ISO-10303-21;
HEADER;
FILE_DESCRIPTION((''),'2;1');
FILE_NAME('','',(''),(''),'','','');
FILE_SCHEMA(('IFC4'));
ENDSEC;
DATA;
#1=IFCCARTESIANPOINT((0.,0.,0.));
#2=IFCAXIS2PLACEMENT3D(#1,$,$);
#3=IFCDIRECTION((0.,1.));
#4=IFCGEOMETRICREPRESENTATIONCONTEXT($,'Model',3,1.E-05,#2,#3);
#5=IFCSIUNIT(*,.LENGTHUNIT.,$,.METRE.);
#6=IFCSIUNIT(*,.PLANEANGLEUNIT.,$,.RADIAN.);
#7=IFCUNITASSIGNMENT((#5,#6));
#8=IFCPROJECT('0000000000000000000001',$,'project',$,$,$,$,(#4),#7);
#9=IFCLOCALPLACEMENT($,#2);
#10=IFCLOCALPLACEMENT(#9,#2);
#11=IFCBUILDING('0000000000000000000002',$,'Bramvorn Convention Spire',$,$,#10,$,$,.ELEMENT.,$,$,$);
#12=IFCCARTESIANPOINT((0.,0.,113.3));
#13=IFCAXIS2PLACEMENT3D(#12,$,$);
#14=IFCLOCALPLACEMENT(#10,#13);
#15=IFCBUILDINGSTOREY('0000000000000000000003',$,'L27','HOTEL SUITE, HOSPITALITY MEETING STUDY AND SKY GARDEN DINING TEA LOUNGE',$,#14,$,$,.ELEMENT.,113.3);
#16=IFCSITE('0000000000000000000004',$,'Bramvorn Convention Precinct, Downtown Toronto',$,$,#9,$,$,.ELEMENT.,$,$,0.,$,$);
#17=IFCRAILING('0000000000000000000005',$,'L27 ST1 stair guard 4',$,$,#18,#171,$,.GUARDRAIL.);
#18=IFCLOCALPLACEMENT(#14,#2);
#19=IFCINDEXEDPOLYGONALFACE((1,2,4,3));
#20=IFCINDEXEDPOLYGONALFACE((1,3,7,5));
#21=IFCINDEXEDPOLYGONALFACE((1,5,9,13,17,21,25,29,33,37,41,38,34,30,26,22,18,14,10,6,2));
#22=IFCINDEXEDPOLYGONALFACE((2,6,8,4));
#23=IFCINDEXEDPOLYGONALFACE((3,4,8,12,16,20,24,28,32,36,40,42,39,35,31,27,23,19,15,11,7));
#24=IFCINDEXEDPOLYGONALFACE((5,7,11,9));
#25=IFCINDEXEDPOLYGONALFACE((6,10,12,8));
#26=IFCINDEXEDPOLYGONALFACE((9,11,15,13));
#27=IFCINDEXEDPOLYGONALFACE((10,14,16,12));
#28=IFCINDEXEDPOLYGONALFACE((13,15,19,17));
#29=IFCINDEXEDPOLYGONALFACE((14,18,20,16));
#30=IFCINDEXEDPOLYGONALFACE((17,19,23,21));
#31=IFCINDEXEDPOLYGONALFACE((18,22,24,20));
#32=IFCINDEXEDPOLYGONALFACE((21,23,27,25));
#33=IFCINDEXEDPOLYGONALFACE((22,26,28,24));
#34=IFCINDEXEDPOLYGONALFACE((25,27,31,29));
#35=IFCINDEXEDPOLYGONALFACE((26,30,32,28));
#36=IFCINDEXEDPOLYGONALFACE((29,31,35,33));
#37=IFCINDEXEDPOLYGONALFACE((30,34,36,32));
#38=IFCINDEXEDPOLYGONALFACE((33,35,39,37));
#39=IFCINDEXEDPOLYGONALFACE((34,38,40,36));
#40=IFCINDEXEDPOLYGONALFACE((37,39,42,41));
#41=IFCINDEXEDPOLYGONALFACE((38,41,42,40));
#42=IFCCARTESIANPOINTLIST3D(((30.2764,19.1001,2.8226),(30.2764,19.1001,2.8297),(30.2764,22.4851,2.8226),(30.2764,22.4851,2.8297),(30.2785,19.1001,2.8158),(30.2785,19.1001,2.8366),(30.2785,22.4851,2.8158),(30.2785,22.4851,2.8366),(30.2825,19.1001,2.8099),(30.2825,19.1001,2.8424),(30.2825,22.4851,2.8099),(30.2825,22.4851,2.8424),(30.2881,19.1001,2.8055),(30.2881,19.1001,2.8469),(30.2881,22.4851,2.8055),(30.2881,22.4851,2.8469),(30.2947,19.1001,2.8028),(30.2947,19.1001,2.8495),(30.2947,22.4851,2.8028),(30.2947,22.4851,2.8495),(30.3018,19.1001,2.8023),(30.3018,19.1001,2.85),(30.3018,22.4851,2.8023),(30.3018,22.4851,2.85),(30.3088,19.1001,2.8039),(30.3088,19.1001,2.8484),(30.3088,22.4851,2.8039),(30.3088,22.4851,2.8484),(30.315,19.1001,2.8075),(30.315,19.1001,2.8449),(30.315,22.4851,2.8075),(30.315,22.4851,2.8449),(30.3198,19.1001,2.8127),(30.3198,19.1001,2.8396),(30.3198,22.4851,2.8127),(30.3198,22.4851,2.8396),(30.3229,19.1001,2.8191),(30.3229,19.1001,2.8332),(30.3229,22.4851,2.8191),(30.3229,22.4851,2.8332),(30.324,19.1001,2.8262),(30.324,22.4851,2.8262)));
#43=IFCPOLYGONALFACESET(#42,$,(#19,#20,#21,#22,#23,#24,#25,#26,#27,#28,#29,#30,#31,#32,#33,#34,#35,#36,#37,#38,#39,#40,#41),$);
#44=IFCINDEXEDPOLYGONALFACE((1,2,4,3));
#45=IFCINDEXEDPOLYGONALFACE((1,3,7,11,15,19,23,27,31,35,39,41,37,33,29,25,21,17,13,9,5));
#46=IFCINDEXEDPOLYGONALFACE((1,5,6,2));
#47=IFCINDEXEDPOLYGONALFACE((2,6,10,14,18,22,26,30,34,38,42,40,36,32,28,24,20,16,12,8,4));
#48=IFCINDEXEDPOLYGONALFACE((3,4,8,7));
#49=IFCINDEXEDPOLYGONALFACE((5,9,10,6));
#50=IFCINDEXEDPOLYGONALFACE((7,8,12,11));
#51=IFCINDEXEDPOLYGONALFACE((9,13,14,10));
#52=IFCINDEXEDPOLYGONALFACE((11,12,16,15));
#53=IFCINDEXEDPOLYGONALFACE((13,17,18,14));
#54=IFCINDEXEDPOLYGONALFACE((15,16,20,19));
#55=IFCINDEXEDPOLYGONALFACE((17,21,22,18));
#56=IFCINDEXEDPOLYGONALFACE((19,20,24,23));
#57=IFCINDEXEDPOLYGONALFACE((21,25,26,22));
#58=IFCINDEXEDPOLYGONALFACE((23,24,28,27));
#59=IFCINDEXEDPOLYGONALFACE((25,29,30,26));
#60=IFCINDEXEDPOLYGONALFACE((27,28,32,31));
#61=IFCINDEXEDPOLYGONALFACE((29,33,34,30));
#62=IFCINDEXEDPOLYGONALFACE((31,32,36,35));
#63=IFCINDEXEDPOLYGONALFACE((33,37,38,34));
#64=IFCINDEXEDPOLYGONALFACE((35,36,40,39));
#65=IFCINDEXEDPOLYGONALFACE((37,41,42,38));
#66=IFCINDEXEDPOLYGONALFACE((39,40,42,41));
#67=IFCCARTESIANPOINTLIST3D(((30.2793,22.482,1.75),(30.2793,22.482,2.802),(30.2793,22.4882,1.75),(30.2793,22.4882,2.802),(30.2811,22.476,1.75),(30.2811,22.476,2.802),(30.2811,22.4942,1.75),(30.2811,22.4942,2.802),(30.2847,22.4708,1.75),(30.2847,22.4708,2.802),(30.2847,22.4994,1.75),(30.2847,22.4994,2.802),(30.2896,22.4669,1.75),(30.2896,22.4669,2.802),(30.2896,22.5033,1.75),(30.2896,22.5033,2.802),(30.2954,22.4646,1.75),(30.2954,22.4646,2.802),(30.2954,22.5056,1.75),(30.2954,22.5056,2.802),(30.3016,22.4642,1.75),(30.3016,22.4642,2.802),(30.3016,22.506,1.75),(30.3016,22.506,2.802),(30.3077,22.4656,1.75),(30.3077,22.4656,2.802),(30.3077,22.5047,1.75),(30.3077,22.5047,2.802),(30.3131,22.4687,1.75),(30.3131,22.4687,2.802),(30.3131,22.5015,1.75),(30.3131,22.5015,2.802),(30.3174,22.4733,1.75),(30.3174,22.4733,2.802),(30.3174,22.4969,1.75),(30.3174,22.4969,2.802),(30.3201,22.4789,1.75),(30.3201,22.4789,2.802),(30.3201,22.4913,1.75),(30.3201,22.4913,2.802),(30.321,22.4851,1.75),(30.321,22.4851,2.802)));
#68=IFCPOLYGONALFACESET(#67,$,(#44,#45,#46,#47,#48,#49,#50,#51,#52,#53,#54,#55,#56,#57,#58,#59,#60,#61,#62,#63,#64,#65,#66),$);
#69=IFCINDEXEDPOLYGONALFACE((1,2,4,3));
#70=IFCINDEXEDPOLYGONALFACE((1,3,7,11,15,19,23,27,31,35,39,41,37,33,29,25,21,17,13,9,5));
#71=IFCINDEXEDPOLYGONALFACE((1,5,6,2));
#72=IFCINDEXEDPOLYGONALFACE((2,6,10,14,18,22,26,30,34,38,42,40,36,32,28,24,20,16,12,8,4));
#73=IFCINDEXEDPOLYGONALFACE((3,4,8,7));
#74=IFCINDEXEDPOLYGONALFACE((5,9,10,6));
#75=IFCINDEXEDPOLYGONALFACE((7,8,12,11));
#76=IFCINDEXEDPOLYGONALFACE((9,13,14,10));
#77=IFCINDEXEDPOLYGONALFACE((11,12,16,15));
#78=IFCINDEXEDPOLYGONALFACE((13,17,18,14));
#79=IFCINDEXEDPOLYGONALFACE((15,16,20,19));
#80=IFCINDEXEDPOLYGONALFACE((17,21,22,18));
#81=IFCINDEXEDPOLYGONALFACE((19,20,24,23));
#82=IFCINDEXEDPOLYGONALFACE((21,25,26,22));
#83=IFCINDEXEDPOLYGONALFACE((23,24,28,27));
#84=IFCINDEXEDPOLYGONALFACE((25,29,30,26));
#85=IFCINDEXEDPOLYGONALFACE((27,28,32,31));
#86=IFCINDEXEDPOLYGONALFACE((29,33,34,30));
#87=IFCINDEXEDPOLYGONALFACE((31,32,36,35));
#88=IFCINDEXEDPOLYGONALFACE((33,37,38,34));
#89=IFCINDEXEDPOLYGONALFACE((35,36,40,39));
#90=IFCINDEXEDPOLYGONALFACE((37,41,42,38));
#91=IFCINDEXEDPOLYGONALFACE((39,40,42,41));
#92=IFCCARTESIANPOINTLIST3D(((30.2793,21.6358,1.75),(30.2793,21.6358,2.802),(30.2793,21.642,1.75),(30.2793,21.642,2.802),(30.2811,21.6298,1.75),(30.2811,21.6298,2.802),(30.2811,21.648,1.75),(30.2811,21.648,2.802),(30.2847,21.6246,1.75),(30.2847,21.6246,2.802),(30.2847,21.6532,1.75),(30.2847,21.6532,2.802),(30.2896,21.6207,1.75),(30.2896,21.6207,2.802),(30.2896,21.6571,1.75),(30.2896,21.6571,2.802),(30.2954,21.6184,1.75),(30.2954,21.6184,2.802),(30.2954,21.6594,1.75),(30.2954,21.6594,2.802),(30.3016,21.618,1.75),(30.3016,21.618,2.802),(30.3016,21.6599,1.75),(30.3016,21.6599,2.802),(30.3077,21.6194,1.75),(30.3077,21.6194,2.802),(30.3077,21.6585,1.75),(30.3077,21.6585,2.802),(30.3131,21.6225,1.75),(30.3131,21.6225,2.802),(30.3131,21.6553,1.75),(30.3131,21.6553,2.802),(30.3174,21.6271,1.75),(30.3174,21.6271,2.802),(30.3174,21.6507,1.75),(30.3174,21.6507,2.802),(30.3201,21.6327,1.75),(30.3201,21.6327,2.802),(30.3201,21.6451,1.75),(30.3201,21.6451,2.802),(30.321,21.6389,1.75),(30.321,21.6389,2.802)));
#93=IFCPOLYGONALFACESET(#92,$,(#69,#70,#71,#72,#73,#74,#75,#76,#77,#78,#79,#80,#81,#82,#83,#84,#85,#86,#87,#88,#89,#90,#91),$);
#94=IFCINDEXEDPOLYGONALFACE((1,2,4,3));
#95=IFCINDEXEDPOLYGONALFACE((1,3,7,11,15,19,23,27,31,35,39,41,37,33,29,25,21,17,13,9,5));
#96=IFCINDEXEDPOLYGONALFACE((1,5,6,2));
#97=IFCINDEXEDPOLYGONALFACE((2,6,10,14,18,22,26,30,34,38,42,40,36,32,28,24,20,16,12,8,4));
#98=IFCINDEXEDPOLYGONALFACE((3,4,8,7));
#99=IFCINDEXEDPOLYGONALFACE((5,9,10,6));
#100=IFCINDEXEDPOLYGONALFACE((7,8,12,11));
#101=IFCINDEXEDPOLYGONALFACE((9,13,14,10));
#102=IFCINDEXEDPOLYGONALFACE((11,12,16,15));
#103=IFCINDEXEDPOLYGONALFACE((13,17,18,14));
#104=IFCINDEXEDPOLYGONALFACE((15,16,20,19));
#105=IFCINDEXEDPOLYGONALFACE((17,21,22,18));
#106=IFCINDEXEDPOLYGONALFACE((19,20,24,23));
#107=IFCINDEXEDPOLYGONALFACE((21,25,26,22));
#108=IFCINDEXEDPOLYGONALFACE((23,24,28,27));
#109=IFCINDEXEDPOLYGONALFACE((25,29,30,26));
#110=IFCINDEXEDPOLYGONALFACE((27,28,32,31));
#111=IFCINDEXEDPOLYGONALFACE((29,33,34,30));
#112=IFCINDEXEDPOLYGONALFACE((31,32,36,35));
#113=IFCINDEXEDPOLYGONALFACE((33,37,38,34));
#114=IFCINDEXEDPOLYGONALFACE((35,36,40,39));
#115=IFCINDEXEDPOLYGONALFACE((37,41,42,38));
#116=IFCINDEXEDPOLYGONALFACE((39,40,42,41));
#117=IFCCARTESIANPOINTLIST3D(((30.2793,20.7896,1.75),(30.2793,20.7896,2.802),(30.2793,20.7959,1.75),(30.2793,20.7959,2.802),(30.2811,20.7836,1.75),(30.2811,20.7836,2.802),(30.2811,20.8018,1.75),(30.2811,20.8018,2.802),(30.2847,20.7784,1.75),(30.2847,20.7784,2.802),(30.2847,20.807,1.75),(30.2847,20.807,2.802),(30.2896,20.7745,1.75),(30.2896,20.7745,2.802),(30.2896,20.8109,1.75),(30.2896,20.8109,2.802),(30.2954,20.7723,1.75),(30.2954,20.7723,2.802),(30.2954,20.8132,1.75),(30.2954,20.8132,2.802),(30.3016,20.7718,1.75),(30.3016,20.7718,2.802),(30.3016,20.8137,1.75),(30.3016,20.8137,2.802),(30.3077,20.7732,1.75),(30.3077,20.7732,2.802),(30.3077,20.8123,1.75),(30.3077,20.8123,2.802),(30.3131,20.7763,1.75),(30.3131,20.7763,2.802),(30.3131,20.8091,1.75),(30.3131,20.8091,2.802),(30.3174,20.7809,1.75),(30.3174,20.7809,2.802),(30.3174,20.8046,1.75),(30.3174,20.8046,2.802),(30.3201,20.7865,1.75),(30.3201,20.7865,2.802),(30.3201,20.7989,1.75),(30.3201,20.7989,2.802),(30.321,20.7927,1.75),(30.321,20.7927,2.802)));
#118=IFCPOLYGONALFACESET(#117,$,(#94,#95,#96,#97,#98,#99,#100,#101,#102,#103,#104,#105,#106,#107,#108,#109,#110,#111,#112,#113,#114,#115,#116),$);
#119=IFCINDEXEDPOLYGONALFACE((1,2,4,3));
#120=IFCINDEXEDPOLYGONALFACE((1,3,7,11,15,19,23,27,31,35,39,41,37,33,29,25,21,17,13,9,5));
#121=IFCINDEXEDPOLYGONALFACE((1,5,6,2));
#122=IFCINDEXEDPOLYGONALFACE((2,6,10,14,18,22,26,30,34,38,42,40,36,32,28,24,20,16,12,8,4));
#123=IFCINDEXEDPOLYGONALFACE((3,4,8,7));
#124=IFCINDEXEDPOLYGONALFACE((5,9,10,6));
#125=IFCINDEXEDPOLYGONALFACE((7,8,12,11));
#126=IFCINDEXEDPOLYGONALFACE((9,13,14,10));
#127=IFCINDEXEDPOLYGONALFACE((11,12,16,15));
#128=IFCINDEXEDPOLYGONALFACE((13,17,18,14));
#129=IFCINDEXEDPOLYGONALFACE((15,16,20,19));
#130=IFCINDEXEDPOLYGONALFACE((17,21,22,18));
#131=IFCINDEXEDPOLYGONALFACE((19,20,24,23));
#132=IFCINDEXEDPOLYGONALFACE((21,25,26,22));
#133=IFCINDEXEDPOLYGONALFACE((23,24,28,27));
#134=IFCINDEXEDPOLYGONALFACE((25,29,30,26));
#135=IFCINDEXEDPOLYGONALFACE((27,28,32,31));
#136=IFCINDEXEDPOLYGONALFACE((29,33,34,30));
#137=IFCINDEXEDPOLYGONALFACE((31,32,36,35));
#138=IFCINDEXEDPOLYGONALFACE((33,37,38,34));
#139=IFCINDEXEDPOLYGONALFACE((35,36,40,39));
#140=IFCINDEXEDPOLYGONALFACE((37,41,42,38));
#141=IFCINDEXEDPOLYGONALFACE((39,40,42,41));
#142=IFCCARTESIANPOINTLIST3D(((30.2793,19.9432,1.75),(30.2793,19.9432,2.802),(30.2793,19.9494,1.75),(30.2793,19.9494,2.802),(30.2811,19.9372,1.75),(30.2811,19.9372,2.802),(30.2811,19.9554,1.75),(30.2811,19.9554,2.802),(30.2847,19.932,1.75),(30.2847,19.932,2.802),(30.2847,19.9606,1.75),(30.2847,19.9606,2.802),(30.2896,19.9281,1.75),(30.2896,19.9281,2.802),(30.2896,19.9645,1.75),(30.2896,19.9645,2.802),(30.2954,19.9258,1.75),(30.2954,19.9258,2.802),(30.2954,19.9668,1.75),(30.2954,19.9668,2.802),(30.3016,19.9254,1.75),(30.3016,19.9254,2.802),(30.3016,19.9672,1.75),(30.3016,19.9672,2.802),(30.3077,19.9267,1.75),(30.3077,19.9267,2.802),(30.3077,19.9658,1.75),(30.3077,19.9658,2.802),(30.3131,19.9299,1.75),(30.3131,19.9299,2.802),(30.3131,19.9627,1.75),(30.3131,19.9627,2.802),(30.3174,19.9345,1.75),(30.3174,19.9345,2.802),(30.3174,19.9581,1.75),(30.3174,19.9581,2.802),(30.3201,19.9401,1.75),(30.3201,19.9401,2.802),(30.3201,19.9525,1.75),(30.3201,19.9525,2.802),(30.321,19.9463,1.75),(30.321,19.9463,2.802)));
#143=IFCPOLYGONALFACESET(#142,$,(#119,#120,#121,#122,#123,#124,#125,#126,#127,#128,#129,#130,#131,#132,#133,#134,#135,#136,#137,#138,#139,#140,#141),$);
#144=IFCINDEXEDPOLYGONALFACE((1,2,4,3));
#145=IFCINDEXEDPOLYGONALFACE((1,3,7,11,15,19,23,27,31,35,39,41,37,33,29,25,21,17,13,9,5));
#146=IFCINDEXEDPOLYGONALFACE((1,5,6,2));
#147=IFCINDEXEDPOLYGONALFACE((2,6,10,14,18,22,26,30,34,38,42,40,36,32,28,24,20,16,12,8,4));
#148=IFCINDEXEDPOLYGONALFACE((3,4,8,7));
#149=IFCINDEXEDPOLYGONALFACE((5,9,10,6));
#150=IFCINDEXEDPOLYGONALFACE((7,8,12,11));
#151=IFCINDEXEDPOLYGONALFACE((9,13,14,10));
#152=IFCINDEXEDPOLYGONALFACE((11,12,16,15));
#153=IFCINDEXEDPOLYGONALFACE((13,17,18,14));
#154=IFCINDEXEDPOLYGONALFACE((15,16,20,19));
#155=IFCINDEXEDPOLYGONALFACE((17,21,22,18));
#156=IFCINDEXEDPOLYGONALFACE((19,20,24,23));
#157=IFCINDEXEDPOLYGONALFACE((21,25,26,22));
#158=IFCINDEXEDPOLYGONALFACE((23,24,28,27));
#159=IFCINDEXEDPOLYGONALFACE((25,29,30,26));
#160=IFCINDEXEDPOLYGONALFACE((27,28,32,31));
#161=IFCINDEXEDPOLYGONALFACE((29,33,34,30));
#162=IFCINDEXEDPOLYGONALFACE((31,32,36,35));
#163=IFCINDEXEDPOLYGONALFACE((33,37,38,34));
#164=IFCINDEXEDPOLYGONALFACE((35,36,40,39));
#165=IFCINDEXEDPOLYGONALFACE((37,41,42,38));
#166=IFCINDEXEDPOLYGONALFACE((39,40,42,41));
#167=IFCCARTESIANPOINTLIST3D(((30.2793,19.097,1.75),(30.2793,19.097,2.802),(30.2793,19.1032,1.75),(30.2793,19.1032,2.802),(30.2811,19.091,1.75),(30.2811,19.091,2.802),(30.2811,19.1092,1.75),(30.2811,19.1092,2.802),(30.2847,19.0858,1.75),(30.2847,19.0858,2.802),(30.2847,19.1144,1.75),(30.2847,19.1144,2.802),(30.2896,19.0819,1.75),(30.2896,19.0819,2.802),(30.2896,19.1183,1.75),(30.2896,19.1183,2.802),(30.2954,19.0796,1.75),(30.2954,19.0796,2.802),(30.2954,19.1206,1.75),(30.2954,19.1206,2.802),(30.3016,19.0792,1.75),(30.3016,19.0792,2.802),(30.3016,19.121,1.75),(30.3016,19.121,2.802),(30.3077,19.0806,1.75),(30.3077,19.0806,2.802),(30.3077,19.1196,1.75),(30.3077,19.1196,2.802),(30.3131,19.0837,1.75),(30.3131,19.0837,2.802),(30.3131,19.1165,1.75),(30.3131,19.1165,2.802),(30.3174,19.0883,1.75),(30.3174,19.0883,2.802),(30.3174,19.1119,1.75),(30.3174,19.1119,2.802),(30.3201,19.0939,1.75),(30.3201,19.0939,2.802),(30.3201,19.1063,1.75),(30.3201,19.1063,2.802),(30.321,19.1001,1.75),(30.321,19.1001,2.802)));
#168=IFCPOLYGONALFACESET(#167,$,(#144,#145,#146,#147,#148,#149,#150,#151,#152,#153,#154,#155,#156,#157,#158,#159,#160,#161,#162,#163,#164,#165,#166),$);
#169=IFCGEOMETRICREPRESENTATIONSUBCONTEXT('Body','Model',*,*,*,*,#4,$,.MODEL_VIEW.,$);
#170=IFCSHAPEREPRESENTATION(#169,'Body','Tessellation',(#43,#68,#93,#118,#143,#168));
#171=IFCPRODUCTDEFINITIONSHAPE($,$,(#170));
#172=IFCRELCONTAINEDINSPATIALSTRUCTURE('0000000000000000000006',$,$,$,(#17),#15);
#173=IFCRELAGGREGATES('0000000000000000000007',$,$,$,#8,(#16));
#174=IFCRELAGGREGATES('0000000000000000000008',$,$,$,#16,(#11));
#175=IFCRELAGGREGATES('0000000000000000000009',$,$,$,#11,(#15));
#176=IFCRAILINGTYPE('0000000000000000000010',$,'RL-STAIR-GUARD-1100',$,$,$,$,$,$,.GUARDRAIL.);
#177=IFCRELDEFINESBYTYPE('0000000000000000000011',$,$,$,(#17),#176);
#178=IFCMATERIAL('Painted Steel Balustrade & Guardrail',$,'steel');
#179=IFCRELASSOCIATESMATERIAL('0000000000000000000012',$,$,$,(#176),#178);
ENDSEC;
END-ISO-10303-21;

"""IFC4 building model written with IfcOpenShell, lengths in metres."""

from ifc_helpers import new_model, si_unit, direction, frame, origin, origin_2d, place, context, subcontext, project, spatial, circle, extrude, material, type_object, element, save


model = new_model("IFC4")

# Units and contexts
model_context = context("Model", 3, precision=1e-05, world=origin(), true_north=direction((0.0, 1.0)))
body_context = subcontext(model_context, "Body", "Model", "MODEL_VIEW")
ifc_project = project(units=[si_unit("LENGTHUNIT", "METRE"), si_unit("PLANEANGLEUNIT", "RADIAN")], contexts=[model_context])

# Site, building, storey
site_placement = place(None, origin())
site = spatial("IfcSite", under=ifc_project, at=site_placement, Name="Bramvorn Convention Precinct, Downtown Toronto", CompositionType="ELEMENT", RefElevation=0.0)
building_placement = place(site_placement, origin())
building = spatial("IfcBuilding", under=site, at=building_placement, Name="Bramvorn Convention Spire", CompositionType="ELEMENT")
storey_placement = place(building_placement, frame((0.0, 0.0, 113.3)))
storey = spatial("IfcBuildingStorey", under=building, at=storey_placement, Name="L27", Description="HOTEL SUITE, HOSPITALITY MEETING STUDY AND SKY GARDEN DINING TEA LOUNGE", CompositionType="ELEMENT", Elevation=113.3)

# Railing
ifc_material_1 = material(Name="Painted Steel Balustrade & Guardrail", Category="steel")
railing_type_1 = type_object("IfcRailingType", Name="RL-STAIR-GUARD-1100", PredefinedType="GUARDRAIL", material=ifc_material_1)
for number, where, name in (
    (1, (30.3, 22.4851, 1.75), "L27 ST1 stair guard 4"),
):
    element("IfcRailing", number, at=place(storey_placement, frame(where)), inside=storey, type_object=railing_type_1, Name=name, PredefinedType="GUARDRAIL", context=body_context, shape_type="SweptSolid", body=[
        extrude(circle(Radius=0.0239, at=origin_2d()), frame((0.0, 0.0, 1.0762), z_axis=(0.0, -1.0, 0.0), x_axis=(1.0, 0.0, 0.0)), (0.0, 0.0, 1.0), 3.385),
        extrude(circle(Radius=0.021, at=origin_2d()), origin(), (0.0, 0.0, 1.0), 1.052),
        extrude(circle(Radius=0.021, at=origin_2d()), frame((0.0, -0.8462, 0.0)), (0.0, 0.0, 1.0), 1.052),
        extrude(circle(Radius=0.021, at=origin_2d()), frame((0.0, -1.6924, 0.0)), (0.0, 0.0, 1.0), 1.052),
        extrude(circle(Radius=0.021, at=origin_2d()), frame((0.0, -2.5388, 0.0)), (0.0, 0.0, 1.0), 1.052),
        extrude(circle(Radius=0.021, at=origin_2d()), frame((0.0, -3.385, 0.0)), (0.0, 0.0, 1.0), 1.052),
    ])

save(model, "model.ifc")
